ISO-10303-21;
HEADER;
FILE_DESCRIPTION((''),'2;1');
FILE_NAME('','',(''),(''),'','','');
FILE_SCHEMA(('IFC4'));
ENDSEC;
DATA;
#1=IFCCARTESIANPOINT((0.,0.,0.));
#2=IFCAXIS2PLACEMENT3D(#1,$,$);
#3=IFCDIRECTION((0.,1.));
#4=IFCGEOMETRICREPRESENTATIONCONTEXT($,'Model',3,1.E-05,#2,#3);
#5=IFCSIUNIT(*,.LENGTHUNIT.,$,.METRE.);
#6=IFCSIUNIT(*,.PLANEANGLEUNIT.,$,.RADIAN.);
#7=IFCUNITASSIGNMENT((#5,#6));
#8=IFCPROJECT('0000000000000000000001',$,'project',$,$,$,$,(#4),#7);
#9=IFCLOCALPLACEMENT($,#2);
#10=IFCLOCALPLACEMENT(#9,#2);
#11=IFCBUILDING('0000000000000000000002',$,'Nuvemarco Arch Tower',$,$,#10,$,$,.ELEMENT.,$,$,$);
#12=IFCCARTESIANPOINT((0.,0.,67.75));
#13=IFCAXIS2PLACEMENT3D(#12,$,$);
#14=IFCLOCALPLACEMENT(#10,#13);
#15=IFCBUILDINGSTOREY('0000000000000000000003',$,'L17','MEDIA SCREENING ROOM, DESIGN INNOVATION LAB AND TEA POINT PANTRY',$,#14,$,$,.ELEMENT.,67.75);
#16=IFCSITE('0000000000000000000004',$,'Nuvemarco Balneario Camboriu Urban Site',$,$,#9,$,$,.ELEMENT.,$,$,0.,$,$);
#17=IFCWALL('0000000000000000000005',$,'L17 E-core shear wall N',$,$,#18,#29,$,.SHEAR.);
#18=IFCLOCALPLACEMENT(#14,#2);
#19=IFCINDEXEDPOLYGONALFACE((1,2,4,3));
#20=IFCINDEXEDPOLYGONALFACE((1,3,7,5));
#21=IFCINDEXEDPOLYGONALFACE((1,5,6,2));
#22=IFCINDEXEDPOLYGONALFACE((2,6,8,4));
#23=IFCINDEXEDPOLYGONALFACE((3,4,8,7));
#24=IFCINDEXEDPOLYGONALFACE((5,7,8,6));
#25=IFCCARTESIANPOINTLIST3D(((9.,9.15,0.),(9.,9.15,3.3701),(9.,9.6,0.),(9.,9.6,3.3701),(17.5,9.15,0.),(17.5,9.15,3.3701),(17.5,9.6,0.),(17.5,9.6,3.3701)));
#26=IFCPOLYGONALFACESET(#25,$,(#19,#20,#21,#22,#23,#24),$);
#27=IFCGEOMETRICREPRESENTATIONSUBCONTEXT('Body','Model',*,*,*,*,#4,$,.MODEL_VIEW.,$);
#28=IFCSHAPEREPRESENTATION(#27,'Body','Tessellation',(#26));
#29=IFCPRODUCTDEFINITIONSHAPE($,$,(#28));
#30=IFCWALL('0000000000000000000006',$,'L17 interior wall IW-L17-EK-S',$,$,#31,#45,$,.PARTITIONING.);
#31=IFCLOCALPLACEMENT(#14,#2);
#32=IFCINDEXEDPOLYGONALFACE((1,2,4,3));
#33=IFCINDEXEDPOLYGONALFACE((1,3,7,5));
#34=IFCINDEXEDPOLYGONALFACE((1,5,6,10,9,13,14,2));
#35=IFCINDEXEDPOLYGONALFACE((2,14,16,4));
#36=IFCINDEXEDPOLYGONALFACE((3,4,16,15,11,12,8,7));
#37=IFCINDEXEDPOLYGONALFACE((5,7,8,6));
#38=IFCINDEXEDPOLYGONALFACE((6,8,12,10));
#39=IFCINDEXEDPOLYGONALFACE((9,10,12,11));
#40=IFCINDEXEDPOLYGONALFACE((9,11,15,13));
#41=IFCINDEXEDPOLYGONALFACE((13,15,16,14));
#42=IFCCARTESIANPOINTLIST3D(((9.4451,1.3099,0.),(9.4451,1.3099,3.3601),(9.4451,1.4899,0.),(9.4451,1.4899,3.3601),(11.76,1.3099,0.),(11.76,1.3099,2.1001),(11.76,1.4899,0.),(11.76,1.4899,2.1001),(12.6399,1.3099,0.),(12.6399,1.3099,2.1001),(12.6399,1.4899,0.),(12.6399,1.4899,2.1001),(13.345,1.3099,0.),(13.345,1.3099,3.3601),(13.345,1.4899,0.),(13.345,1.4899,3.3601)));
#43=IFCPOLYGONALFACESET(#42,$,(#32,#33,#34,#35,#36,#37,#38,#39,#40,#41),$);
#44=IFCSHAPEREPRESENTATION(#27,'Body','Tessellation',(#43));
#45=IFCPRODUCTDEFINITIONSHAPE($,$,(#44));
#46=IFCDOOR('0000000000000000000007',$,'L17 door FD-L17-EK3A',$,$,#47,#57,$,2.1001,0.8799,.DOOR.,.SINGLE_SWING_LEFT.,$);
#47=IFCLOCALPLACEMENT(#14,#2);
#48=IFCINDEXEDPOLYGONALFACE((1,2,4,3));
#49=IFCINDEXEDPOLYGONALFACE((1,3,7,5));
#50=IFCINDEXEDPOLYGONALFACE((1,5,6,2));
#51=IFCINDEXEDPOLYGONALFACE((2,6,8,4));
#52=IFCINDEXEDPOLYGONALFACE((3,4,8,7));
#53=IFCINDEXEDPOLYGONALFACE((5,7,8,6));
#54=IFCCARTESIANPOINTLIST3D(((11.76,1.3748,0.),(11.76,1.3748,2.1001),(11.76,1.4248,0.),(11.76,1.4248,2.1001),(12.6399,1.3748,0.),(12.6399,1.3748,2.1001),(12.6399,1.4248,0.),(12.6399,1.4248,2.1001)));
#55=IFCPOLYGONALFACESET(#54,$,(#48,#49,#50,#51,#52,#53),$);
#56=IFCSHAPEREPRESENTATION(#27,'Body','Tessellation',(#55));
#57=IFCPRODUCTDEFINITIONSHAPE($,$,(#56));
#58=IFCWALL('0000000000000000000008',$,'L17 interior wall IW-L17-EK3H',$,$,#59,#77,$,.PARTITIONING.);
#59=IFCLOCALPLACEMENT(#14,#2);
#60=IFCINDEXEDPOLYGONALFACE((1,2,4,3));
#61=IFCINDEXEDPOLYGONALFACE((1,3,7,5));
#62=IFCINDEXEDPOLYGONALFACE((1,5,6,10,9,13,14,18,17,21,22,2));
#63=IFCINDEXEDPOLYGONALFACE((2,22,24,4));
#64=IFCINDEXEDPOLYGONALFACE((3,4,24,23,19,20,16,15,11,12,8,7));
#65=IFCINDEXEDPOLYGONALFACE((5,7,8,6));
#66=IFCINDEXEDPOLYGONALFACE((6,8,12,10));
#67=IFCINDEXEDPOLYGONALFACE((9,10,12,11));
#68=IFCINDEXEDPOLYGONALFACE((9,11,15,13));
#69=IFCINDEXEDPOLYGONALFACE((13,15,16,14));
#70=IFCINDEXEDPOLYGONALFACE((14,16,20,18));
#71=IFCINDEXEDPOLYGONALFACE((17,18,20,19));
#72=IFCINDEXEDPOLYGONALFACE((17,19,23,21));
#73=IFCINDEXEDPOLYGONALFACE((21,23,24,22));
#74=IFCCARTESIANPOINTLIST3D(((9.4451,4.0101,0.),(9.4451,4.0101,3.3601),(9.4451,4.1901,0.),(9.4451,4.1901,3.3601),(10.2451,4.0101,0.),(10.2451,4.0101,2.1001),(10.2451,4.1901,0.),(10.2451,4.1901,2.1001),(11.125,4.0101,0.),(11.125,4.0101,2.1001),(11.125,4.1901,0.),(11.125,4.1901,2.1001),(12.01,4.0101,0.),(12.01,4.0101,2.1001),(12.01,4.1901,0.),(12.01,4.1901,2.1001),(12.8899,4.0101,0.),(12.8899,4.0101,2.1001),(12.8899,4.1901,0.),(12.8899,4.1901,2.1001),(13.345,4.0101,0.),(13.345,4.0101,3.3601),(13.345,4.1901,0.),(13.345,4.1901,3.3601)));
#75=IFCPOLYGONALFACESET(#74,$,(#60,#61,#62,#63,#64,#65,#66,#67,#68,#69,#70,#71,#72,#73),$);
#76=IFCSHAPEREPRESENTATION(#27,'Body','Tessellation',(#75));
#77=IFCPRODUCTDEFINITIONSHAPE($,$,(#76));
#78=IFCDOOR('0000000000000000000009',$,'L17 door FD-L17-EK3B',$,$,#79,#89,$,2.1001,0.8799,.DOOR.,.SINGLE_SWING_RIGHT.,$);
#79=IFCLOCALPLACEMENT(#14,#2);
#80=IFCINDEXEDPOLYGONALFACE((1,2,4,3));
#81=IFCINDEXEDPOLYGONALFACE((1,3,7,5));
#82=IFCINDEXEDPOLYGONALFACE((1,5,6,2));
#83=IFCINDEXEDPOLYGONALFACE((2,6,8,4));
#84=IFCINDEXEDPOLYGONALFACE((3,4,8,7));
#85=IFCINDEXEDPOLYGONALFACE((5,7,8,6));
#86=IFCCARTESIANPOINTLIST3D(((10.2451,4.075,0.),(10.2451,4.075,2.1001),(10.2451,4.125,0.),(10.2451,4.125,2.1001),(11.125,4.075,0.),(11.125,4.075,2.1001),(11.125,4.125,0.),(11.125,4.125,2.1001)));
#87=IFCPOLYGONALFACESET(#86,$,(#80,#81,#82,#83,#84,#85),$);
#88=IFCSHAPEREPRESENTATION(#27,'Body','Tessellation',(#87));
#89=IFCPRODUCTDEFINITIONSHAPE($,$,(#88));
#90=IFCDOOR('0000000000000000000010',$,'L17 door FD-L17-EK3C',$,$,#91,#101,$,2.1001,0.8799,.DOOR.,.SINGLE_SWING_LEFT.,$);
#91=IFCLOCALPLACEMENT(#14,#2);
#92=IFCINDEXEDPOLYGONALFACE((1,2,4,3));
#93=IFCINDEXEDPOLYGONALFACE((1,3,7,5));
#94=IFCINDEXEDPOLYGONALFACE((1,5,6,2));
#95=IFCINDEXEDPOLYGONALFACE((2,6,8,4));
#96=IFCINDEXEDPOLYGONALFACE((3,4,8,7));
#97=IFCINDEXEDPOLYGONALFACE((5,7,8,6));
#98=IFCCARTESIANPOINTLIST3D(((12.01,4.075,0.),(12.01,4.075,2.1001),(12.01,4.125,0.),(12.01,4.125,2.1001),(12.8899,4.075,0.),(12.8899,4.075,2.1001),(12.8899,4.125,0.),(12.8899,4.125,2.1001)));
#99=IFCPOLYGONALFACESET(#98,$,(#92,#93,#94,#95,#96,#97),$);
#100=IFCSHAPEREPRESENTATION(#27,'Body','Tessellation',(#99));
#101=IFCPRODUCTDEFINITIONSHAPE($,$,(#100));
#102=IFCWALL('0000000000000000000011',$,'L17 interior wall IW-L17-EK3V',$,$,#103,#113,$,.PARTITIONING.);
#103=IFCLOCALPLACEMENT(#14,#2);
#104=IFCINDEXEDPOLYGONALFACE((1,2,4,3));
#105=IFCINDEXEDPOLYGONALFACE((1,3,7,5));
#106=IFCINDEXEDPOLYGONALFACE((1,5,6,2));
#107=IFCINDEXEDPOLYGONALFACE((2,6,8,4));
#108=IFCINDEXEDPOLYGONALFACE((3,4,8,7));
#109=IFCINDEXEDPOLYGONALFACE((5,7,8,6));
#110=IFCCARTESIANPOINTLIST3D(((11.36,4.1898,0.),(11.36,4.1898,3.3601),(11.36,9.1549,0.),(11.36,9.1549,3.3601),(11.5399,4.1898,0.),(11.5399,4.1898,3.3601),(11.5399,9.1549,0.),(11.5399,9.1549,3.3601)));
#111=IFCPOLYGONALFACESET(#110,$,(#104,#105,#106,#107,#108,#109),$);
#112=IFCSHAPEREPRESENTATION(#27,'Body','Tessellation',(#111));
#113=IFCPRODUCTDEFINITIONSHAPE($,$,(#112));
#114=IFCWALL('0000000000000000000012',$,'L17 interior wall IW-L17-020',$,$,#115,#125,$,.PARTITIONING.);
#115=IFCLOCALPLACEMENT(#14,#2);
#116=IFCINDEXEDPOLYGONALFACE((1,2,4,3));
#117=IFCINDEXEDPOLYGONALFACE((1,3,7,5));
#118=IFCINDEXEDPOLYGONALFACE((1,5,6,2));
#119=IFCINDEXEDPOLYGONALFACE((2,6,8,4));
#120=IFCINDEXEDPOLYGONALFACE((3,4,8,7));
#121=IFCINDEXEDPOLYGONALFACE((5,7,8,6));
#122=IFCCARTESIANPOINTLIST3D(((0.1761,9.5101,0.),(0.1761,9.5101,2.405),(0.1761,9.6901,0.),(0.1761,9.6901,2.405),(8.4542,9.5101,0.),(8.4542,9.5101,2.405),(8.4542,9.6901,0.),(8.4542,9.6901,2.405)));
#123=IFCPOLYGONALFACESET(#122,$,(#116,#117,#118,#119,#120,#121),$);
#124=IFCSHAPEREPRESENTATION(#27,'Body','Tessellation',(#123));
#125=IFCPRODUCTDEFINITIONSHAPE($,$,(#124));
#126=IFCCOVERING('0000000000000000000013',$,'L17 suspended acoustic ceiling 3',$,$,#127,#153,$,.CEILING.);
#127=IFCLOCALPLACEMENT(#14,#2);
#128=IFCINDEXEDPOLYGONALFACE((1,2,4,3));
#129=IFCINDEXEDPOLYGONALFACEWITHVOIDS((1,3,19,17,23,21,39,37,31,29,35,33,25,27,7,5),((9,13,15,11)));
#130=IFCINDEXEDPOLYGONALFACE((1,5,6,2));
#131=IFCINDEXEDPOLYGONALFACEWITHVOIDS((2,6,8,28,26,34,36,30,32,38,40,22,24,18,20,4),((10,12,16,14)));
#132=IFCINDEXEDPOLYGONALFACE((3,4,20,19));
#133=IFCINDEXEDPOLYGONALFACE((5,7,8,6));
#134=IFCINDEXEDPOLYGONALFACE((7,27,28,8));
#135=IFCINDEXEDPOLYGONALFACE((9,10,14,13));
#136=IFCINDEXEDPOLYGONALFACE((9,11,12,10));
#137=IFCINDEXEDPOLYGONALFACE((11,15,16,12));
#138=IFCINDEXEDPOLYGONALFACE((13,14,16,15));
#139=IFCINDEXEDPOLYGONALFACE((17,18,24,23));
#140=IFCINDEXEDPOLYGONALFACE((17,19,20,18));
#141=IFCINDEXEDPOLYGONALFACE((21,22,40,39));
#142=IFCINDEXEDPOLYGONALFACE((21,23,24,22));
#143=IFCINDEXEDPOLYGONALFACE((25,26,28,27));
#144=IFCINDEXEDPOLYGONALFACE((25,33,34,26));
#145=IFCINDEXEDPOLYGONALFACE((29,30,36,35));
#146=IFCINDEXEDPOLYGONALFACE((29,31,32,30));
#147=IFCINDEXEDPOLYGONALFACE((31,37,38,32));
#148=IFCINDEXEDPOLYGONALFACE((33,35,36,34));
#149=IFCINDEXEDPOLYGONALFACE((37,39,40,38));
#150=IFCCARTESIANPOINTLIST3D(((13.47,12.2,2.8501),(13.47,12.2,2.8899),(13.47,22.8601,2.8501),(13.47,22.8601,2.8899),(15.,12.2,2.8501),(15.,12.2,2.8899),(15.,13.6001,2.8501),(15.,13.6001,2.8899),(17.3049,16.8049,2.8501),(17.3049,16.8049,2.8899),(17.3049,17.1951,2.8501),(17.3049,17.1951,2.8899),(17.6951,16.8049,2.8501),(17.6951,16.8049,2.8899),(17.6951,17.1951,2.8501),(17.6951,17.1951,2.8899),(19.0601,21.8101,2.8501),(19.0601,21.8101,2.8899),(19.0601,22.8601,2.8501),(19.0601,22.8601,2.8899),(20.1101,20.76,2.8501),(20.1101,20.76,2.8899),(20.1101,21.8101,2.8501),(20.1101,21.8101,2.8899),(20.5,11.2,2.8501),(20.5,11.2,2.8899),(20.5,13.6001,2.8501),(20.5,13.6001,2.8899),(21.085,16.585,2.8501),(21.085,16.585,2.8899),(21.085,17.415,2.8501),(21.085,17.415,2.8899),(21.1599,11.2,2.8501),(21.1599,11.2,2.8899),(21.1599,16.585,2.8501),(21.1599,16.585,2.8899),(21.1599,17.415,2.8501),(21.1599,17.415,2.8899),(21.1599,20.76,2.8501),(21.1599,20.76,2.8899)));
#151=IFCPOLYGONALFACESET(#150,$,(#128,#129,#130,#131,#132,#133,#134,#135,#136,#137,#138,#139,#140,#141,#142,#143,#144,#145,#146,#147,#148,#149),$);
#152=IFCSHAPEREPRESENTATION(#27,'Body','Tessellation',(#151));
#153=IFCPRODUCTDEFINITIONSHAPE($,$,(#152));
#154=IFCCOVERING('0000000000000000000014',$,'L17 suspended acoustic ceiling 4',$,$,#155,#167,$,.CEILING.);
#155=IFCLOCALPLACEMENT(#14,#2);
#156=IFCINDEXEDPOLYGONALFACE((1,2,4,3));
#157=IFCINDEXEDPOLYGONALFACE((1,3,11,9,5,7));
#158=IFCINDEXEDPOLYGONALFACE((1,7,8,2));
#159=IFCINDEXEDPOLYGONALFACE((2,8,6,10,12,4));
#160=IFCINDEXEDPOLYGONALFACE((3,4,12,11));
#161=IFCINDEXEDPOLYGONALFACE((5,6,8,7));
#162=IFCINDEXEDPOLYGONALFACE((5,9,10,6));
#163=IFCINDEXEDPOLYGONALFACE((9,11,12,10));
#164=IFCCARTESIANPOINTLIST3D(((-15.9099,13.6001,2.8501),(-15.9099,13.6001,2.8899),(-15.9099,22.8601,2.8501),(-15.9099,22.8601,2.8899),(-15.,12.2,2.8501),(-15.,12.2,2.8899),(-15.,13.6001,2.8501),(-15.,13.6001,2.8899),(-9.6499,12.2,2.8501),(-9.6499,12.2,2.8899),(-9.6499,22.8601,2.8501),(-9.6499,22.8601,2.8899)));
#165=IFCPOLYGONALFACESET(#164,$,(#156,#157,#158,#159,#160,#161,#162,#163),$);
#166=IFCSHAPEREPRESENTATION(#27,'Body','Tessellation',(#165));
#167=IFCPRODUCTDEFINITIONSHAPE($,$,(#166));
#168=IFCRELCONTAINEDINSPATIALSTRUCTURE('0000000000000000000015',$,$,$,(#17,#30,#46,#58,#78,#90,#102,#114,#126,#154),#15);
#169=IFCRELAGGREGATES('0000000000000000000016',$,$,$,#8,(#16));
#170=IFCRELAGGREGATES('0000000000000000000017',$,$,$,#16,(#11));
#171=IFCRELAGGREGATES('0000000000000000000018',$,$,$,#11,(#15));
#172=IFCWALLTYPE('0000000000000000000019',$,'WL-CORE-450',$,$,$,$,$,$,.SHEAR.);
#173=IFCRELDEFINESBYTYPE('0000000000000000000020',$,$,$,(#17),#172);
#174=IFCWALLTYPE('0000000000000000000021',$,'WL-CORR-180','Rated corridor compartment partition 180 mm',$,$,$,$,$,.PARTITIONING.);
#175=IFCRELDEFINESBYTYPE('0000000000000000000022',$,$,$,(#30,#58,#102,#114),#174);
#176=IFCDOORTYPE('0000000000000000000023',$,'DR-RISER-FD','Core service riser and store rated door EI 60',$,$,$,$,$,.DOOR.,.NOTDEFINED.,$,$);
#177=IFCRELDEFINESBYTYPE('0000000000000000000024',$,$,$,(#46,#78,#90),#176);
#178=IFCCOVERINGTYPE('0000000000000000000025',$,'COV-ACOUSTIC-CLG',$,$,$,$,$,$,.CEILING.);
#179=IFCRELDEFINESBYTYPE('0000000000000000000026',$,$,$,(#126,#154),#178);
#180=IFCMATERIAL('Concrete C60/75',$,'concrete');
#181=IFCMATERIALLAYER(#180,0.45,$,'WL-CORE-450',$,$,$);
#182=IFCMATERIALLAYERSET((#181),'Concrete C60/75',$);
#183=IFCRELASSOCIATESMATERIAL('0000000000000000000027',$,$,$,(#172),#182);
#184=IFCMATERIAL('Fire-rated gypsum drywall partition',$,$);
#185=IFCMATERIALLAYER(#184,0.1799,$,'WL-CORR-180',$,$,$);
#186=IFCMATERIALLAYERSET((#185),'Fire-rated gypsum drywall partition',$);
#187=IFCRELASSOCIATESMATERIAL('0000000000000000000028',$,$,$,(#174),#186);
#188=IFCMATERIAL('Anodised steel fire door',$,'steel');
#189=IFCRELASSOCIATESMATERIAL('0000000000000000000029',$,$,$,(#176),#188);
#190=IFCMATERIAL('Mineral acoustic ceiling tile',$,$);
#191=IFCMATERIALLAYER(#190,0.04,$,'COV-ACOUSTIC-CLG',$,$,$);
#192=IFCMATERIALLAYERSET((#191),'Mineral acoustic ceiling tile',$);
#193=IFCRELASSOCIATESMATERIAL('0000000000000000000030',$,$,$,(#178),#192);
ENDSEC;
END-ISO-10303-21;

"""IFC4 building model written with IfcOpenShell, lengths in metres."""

from ifc_helpers import new_model, si_unit, direction, frame, frame_2d, origin, place, context, subcontext, project, spatial, polyline, rectangle, outline, extrude, source, transform, mapped, material, layer, layer_set, type_object, type_shapes, element, fill, save


model = new_model("IFC4")

# Units and contexts
model_context = context("Model", 3, precision=1e-05, world=origin(), true_north=direction((0.0, 1.0)))
body_context = subcontext(model_context, "Body", "Model", "MODEL_VIEW")
ifc_project = project(units=[si_unit("LENGTHUNIT", "METRE"), si_unit("PLANEANGLEUNIT", "RADIAN")], contexts=[model_context])

# Site, building, storey
site_placement = place(None, origin())
site = spatial("IfcSite", under=ifc_project, at=site_placement, Name="Nuvemarco Balneario Camboriu Urban Site", CompositionType="ELEMENT", RefElevation=0.0)
building_placement = place(site_placement, origin())
building = spatial("IfcBuilding", under=site, at=building_placement, Name="Nuvemarco Arch Tower", CompositionType="ELEMENT")
storey_placement = place(building_placement, frame((0.0, 0.0, 67.75)))
storey = spatial("IfcBuildingStorey", under=building, at=storey_placement, Name="L17", Description="MEDIA SCREENING ROOM, DESIGN INNOVATION LAB AND TEA POINT PANTRY", CompositionType="ELEMENT", Elevation=67.75)

# Shared definitions
ifc_material_1 = material(Name="Concrete C60/75", Category="concrete")

# Wall
ifc_layer_1 = layer(ifc_material_1, 0.45, Name="WL-CORE-450")
ifc_layer_set_1 = layer_set([ifc_layer_1], Name="Concrete C60/75")
wall_type_1 = type_object("IfcWallType", Name="WL-CORE-450", PredefinedType="SHEAR", material=ifc_layer_set_1)
wall_1_placement = place(storey_placement, frame((9.0, 9.375, 0.0), z_axis=(0.0, 0.0, 1.0), x_axis=(1.0, 0.0, 0.0)))
element("IfcWall", 1, at=wall_1_placement, inside=storey, type_object=wall_type_1, Name="L17 E-core shear wall N", PredefinedType="SHEAR", context=body_context, shape_type="SweptSolid", body=[
    extrude(rectangle(XDim=8.5, YDim=0.45, at=frame_2d((4.25, 0.0))), origin(), (0.0, 0.0, 1.0), 3.3701),
])

# Wall, opening, door
ifc_material_2 = material(Name="Fire-rated gypsum drywall partition")
ifc_layer_2 = layer(ifc_material_2, 0.1799, Name="WL-CORR-180")
ifc_layer_set_2 = layer_set([ifc_layer_2], Name="Fire-rated gypsum drywall partition")
wall_type_2 = type_object("IfcWallType", Name="WL-CORR-180", Description="Rated corridor compartment partition 180 mm", PredefinedType="PARTITIONING", material=ifc_layer_set_2)
wall_2_placement = place(storey_placement, frame((9.4451, 1.3999, 0.0), z_axis=(0.0, 0.0, 1.0), x_axis=(1.0, 0.0, 0.0)))
wall_2 = element("IfcWall", 2, at=wall_2_placement, inside=storey, type_object=wall_type_2, Name="L17 interior wall IW-L17-EK-S", PredefinedType="PARTITIONING", context=body_context, shape_type="SweptSolid", body=[
    extrude(rectangle(XDim=3.8999, YDim=0.1799, at=frame_2d((1.95, 0.0))), origin(), (0.0, 0.0, 1.0), 3.3601),
])
opening_1_placement = place(wall_2_placement, frame((2.3149, 0.0, 0.0)))
opening_1 = element("IfcOpeningElement", 3, at=opening_1_placement, cuts=wall_2, PredefinedType="OPENING", context=body_context, shape_type="SweptSolid", body=[
    extrude(rectangle(XDim=0.8799, YDim=2.1001, at=frame_2d((0.4399, 1.05))), frame((0.0, 0.0999, 0.0), z_axis=(0.0, -1.0, 0.0), x_axis=(1.0, 0.0, 0.0)), (0.0, 0.0, 1.0), 0.2),
])
ifc_material_3 = material(Name="Anodised steel fire door", Category="steel")
door_type = type_object("IfcDoorType", Name="DR-RISER-FD", Description="Core service riser and store rated door EI 60", OperationType="NOTDEFINED", PredefinedType="DOOR", material=ifc_material_3)
shared_shape = source(origin(), body_context, "Body", "SweptSolid", [
    extrude(rectangle(XDim=0.8799, YDim=2.1001, at=frame_2d((0.4399, 1.05))), frame((0.0, 0.0249, 0.0), z_axis=(0.0, -1.0, 0.0), x_axis=(1.0, 0.0, 0.0)), (0.0, 0.0, 1.0), 0.05),
])
type_shapes(door_type, [shared_shape])
door_1_placement = place(opening_1_placement, origin())
door_1 = element("IfcDoor", 4, at=door_1_placement, inside=storey, type_object=door_type, Name="L17 door FD-L17-EK3A", OperationType="SINGLE_SWING_LEFT", OverallHeight=2.1001, OverallWidth=0.8799, PredefinedType="DOOR", context=body_context, shape_type="MappedRepresentation", body=[
    mapped(shared_shape, transform((0.0, 0.0, 0.0), scale=1.0)),
])
fill(opening_1, door_1)

# Wall, openings, doors
wall_3_placement = place(storey_placement, frame((9.4451, 4.1001, 0.0), z_axis=(0.0, 0.0, 1.0), x_axis=(1.0, 0.0, 0.0)))
wall_3 = element("IfcWall", 5, at=wall_3_placement, inside=storey, type_object=wall_type_2, Name="L17 interior wall IW-L17-EK3H", PredefinedType="PARTITIONING", context=body_context, shape_type="SweptSolid", body=[
    extrude(rectangle(XDim=3.8999, YDim=0.1799, at=frame_2d((1.95, 0.0))), origin(), (0.0, 0.0, 1.0), 3.3601),
])
opening_2_placement = place(wall_3_placement, frame((0.8, 0.0, 0.0)))
opening_2 = element("IfcOpeningElement", 6, at=opening_2_placement, cuts=wall_3, PredefinedType="OPENING", context=body_context, shape_type="SweptSolid", body=[
    extrude(rectangle(XDim=0.8799, YDim=2.1001, at=frame_2d((0.4399, 1.05))), frame((0.0, 0.0999, 0.0), z_axis=(0.0, -1.0, 0.0), x_axis=(1.0, 0.0, 0.0)), (0.0, 0.0, 1.0), 0.2),
])
opening_3_placement = place(wall_3_placement, frame((2.5649, 0.0, 0.0)))
opening_3 = element("IfcOpeningElement", 7, at=opening_3_placement, cuts=wall_3, PredefinedType="OPENING", context=body_context, shape_type="SweptSolid", body=[
    extrude(rectangle(XDim=0.8799, YDim=2.1001, at=frame_2d((0.4399, 1.05))), frame((0.0, 0.0999, 0.0), z_axis=(0.0, -1.0, 0.0), x_axis=(1.0, 0.0, 0.0)), (0.0, 0.0, 1.0), 0.2),
])
door_2_placement = place(opening_2_placement, origin())
door_2 = element("IfcDoor", 8, at=door_2_placement, inside=storey, type_object=door_type, Name="L17 door FD-L17-EK3B", OperationType="SINGLE_SWING_RIGHT", OverallHeight=2.1001, OverallWidth=0.8799, PredefinedType="DOOR", context=body_context, shape_type="MappedRepresentation", body=[
    mapped(shared_shape, transform((0.0, 0.0, 0.0), scale=1.0)),
])
fill(opening_2, door_2)
door_3_placement = place(opening_3_placement, origin())
door_3 = element("IfcDoor", 9, at=door_3_placement, inside=storey, type_object=door_type, Name="L17 door FD-L17-EK3C", OperationType="SINGLE_SWING_LEFT", OverallHeight=2.1001, OverallWidth=0.8799, PredefinedType="DOOR", context=body_context, shape_type="MappedRepresentation", body=[
    mapped(shared_shape, transform((0.0, 0.0, 0.0), scale=1.0)),
])
fill(opening_3, door_3)

# Walls
wall_4_placement = place(storey_placement, frame((11.45, 4.1899, 0.0), z_axis=(0.0, 0.0, 1.0), x_axis=(0.0, 1.0, 0.0)))
element("IfcWall", 10, at=wall_4_placement, inside=storey, type_object=wall_type_2, Name="L17 interior wall IW-L17-EK3V", PredefinedType="PARTITIONING", context=body_context, shape_type="SweptSolid", body=[
    extrude(rectangle(XDim=4.9651, YDim=0.1799, at=frame_2d((2.4824, 0.0))), origin(), (0.0, 0.0, 1.0), 3.3601),
])
wall_5_placement = place(storey_placement, frame((0.176, 9.6001, 0.0), z_axis=(0.0, 0.0, 1.0), x_axis=(1.0, 0.0, 0.0)))
element("IfcWall", 11, at=wall_5_placement, inside=storey, type_object=wall_type_2, Name="L17 interior wall IW-L17-020", PredefinedType="PARTITIONING", context=body_context, shape_type="SweptSolid", body=[
    extrude(rectangle(XDim=8.2781, YDim=0.1799, at=frame_2d((4.1392, 0.0))), origin(), (0.0, 0.0, 1.0), 2.405),
])

# Coverings
ifc_material_4 = material(Name="Mineral acoustic ceiling tile")
ifc_layer_3 = layer(ifc_material_4, 0.04, Name="COV-ACOUSTIC-CLG")
ifc_layer_set_3 = layer_set([ifc_layer_3], Name="Mineral acoustic ceiling tile")
covering_type_1 = type_object("IfcCoveringType", Name="COV-ACOUSTIC-CLG", PredefinedType="CEILING", material=ifc_layer_set_3)
covering_1_placement = place(storey_placement, frame((0.0, 0.0, 2.8501)))
element("IfcCovering", 12, at=covering_1_placement, inside=storey, type_object=covering_type_1, Name="L17 suspended acoustic ceiling 3", PredefinedType="CEILING", context=body_context, shape_type="SweptSolid", body=[
    extrude(outline(polyline([(21.1599, 20.76), (21.1599, 17.415), (21.085, 17.415), (21.085, 16.585), (21.1599, 16.585), (21.1599, 11.2), (20.5, 11.2), (20.5, 13.6001), (15.0, 13.6001), (15.0, 12.2), (13.47, 12.2), (13.47, 22.8601), (19.0601, 22.8601), (19.0601, 21.8101), (20.1101, 21.8101), (20.1101, 20.76), (21.1599, 20.76)]), holes=[polyline([(17.6951, 16.8049), (17.6951, 17.1951), (17.3049, 17.1951), (17.3049, 16.8049), (17.6951, 16.8049)])]), origin(), (0.0, 0.0, 1.0), 0.0398),
])
covering_2_placement = place(storey_placement, frame((0.0, 0.0, 2.8501)))
element("IfcCovering", 13, at=covering_2_placement, inside=storey, type_object=covering_type_1, Name="L17 suspended acoustic ceiling 4", PredefinedType="CEILING", context=body_context, shape_type="SweptSolid", body=[
    extrude(outline(polyline([(-9.6499, 22.8601), (-9.6499, 12.2), (-15.0, 12.2), (-15.0, 13.6001), (-15.9099, 13.6001), (-15.9099, 22.8601), (-9.6499, 22.8601)])), origin(), (0.0, 0.0, 1.0), 0.0398),
])

save(model, "model.ifc")
